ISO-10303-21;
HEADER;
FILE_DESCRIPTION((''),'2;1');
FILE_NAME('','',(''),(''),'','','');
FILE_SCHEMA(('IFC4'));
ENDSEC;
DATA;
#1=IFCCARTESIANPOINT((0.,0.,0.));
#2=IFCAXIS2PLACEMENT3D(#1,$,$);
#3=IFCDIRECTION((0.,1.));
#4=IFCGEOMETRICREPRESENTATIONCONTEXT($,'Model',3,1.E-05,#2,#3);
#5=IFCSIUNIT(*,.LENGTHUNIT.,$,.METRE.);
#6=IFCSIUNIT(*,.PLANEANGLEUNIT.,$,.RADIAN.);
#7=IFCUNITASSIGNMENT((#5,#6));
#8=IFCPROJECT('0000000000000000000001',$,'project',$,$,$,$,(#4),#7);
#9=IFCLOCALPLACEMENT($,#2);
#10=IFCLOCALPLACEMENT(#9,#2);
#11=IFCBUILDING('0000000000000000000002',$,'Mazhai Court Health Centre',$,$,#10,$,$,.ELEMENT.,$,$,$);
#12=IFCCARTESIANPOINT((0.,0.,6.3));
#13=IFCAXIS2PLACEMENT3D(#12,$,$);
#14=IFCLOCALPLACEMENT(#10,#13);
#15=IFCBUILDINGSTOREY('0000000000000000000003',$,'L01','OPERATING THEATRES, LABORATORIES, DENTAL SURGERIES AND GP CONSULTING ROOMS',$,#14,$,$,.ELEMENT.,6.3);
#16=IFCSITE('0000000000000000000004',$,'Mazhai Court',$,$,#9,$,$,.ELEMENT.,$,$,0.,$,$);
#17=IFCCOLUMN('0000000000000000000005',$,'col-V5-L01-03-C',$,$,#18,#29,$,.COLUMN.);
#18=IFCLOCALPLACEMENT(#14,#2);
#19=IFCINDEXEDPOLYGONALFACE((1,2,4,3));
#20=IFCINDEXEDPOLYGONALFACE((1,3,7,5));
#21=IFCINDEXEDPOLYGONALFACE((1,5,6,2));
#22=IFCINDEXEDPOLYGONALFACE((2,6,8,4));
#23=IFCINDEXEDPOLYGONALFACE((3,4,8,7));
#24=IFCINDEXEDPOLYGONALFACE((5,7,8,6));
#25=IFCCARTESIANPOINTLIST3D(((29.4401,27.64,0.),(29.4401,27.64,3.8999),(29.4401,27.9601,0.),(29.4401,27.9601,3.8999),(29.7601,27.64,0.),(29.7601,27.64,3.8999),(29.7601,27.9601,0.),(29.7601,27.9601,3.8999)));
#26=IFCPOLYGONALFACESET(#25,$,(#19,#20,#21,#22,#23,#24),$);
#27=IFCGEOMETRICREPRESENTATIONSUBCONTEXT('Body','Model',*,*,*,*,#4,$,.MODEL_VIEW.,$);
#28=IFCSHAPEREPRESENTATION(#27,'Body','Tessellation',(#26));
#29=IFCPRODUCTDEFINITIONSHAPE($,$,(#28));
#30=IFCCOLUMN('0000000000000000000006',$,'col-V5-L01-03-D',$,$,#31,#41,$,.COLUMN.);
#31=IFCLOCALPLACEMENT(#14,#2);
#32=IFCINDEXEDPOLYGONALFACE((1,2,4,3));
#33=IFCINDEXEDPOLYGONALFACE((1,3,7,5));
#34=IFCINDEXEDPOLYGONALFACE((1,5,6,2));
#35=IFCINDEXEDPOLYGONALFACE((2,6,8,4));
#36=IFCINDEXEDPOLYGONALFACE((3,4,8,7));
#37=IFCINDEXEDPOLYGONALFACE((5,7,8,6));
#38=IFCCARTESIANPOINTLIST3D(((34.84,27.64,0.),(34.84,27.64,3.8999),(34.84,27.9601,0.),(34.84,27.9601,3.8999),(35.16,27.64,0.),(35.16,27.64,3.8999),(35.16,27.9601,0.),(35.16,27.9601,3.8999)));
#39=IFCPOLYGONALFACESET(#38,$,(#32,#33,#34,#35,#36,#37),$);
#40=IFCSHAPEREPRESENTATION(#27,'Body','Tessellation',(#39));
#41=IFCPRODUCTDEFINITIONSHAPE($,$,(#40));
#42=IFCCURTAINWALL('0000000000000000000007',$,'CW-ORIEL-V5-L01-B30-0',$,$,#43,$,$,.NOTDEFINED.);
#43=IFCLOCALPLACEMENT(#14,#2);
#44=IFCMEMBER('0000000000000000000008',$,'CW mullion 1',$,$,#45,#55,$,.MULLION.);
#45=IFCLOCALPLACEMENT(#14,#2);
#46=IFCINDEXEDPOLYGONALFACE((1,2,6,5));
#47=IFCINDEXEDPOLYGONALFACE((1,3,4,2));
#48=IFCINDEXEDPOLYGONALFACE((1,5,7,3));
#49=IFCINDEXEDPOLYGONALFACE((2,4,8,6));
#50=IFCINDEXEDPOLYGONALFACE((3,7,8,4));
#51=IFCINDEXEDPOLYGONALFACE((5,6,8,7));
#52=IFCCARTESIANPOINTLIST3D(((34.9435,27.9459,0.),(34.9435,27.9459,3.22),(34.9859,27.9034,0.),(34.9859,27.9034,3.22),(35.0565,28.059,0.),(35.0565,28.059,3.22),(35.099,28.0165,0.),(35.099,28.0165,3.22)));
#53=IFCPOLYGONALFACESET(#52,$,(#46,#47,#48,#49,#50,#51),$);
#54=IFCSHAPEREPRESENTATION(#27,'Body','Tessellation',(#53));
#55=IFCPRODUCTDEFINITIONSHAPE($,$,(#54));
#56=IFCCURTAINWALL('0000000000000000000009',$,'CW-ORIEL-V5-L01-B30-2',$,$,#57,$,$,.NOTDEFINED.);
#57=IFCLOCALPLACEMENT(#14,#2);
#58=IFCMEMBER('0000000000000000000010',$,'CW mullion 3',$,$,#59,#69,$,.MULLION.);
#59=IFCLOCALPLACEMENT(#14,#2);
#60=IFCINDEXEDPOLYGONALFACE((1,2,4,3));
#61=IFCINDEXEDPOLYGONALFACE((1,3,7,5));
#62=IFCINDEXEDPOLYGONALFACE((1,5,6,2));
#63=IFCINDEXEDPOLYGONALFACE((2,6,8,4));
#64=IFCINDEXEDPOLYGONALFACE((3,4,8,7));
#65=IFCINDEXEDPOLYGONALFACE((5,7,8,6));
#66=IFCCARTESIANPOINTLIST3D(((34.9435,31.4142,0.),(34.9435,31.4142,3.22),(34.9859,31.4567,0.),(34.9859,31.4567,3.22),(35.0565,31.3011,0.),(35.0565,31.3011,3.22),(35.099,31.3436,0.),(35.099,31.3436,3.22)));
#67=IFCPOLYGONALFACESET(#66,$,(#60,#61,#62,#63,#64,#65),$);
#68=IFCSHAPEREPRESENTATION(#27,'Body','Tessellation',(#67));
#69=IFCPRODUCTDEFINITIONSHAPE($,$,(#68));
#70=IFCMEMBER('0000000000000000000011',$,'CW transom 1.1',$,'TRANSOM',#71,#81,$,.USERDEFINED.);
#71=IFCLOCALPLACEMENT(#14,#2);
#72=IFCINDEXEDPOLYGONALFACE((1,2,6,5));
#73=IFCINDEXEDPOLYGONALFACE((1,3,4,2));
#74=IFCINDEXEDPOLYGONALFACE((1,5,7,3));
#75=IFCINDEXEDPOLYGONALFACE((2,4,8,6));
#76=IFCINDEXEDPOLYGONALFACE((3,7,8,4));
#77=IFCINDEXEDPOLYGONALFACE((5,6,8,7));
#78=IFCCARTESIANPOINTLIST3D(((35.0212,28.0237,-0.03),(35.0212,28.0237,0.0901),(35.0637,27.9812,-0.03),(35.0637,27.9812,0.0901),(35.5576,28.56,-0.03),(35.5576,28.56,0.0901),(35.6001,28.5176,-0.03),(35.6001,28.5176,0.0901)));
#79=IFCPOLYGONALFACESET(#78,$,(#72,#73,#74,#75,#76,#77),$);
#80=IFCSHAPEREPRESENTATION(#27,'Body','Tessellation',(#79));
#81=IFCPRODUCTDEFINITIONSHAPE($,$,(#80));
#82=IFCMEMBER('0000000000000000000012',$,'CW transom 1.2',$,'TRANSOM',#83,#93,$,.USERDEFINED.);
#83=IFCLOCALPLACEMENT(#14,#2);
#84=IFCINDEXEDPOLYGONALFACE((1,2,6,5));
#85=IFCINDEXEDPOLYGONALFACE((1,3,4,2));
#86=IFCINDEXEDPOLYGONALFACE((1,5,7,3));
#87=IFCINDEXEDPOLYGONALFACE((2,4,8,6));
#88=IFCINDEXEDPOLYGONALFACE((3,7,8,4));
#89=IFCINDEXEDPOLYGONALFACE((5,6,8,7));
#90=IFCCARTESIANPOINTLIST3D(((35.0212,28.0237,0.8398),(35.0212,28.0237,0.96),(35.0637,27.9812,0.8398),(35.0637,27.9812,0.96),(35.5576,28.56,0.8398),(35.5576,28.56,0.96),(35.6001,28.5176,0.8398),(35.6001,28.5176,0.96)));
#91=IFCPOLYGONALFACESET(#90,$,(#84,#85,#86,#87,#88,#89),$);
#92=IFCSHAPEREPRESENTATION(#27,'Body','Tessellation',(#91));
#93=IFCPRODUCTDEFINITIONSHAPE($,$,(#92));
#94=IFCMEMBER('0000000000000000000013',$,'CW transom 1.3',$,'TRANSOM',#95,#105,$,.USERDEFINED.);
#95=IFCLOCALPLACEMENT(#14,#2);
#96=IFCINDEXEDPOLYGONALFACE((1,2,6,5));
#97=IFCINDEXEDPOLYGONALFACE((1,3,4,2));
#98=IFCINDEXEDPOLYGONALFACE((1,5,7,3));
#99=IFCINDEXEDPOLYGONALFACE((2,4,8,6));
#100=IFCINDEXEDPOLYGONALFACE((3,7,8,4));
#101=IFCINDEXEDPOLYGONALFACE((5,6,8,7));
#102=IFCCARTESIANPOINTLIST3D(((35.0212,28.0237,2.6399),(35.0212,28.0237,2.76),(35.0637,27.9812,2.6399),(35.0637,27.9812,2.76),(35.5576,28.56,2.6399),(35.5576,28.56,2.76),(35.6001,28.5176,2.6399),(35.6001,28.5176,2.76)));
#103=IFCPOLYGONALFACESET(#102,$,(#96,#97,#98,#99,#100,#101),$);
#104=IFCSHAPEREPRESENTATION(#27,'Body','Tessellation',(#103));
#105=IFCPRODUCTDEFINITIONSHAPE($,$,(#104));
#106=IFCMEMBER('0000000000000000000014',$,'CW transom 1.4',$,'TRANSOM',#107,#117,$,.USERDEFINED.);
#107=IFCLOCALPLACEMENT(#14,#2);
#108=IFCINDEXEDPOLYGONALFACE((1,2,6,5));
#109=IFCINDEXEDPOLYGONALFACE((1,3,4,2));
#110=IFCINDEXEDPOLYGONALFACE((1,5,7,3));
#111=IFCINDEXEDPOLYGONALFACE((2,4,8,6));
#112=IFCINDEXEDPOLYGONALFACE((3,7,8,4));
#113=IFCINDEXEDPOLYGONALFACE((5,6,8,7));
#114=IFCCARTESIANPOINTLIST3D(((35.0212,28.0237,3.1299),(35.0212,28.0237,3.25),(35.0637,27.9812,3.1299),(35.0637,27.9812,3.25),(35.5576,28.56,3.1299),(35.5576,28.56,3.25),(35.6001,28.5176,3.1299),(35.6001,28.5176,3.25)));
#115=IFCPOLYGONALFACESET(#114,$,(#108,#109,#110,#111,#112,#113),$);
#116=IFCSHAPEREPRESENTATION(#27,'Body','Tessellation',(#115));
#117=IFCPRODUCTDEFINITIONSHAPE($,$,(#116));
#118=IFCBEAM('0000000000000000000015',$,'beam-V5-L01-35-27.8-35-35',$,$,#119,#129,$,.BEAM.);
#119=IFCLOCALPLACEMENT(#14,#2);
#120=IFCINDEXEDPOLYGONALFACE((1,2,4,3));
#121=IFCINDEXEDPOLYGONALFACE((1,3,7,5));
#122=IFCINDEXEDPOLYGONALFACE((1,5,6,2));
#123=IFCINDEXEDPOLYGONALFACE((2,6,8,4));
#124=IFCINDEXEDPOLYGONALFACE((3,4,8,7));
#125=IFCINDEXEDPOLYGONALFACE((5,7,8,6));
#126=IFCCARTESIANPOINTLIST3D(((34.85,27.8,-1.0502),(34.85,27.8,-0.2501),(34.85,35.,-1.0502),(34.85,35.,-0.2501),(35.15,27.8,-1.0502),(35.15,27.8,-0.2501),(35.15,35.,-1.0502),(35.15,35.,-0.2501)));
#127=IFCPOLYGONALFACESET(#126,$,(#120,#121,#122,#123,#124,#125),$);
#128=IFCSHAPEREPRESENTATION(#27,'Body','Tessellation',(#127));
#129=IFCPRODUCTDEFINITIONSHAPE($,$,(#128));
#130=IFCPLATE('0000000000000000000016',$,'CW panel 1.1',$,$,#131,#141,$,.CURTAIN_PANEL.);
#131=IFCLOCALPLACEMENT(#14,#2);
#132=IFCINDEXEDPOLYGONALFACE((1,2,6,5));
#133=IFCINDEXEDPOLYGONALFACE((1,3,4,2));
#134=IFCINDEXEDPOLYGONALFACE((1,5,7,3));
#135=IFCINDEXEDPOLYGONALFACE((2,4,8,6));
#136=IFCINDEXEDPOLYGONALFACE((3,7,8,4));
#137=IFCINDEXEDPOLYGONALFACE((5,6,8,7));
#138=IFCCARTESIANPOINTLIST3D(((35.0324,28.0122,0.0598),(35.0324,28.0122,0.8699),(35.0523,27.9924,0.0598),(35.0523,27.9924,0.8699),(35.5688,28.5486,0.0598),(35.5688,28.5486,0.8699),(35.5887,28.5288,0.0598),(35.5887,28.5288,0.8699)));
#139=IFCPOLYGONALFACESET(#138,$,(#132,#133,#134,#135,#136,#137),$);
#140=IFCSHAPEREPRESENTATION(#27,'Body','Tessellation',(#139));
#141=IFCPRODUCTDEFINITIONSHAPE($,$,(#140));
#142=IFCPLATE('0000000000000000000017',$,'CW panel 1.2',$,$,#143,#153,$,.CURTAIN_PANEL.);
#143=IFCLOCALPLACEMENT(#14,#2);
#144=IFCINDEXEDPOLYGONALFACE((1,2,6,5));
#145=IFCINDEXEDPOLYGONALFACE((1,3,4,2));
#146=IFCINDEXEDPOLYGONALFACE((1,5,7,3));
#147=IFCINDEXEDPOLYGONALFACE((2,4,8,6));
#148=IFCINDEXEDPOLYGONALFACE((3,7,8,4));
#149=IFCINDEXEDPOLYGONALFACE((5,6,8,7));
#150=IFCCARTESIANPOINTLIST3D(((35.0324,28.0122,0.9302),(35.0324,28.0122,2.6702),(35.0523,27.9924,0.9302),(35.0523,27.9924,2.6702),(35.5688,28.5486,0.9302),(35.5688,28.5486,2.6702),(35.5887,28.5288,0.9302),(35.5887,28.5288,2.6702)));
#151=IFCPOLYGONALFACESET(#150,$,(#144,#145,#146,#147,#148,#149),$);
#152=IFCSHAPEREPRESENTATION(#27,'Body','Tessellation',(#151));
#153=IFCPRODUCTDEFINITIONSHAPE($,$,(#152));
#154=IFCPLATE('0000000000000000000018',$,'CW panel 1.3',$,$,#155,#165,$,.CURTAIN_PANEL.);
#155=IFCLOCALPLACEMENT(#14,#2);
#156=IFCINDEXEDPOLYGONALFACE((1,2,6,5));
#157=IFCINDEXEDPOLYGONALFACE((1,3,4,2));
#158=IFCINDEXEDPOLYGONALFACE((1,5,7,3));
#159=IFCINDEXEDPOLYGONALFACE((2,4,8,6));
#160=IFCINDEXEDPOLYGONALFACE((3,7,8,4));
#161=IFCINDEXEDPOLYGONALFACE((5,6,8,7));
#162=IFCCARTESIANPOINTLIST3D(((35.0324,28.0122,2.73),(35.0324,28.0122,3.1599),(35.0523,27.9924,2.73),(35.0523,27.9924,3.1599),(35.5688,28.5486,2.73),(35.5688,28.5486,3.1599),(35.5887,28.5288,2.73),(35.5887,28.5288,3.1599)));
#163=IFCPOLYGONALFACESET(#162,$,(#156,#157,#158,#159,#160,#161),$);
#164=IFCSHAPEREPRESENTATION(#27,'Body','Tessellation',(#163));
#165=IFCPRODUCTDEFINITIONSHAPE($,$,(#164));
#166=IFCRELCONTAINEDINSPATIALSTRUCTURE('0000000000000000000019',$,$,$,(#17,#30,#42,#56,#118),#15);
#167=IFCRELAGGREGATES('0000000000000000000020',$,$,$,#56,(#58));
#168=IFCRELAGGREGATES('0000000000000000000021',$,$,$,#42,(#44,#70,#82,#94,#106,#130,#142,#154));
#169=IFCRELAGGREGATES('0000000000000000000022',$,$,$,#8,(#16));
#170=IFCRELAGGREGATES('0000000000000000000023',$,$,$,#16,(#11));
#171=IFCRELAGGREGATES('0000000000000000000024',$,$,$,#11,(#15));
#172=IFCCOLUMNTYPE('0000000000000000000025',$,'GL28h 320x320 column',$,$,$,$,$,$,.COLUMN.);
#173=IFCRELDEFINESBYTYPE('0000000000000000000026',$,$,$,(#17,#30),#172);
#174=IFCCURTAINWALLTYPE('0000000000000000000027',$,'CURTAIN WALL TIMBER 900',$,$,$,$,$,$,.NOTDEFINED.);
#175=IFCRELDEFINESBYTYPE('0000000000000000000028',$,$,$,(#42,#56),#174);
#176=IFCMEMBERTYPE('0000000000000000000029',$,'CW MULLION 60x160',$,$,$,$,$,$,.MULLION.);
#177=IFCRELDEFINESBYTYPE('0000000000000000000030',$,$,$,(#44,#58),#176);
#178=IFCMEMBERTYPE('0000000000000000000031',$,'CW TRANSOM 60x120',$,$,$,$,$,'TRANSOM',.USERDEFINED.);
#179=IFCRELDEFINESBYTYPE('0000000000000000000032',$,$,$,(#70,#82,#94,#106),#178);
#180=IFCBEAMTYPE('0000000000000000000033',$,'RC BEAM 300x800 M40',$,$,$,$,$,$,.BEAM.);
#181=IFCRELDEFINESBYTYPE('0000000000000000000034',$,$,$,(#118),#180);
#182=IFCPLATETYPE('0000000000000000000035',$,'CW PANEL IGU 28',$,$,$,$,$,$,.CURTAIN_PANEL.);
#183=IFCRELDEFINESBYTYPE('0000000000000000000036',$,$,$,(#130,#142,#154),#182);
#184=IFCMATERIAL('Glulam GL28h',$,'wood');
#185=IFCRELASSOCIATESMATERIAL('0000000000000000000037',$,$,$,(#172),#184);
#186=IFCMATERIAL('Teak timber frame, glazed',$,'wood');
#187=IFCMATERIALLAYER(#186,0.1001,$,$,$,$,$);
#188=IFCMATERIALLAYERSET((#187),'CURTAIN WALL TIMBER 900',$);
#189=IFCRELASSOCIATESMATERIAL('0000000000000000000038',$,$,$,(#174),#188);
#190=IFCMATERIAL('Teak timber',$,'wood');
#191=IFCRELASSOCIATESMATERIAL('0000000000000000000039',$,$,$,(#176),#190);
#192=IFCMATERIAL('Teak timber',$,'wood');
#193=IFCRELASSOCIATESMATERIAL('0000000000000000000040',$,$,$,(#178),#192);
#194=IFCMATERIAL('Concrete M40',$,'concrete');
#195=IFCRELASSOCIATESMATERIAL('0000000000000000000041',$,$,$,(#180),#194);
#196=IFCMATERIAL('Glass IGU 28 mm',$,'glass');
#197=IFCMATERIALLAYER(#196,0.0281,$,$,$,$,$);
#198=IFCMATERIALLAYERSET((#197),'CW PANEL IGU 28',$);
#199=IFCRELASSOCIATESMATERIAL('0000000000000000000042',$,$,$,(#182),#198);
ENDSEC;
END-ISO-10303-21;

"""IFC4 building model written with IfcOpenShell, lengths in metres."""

from ifc_helpers import new_model, si_unit, direction, frame, origin, origin_2d, place, context, subcontext, project, spatial, rectangle, extrude, material, layer, layer_set, material_profile, profile_set, type_object, element, aggregate, save


model = new_model("IFC4")

# Units and contexts
model_context = context("Model", 3, precision=1e-05, world=origin(), true_north=direction((0.0, 1.0)))
body_context = subcontext(model_context, "Body", "Model", "MODEL_VIEW")
ifc_project = project(units=[si_unit("LENGTHUNIT", "METRE"), si_unit("PLANEANGLEUNIT", "RADIAN")], contexts=[model_context])

# Site, building, storey
site_placement = place(None, origin())
site = spatial("IfcSite", under=ifc_project, at=site_placement, Name="Mazhai Court", CompositionType="ELEMENT", RefElevation=0.0)
building_placement = place(site_placement, origin())
building = spatial("IfcBuilding", under=site, at=building_placement, Name="Mazhai Court Health Centre", CompositionType="ELEMENT")
storey_placement = place(building_placement, frame((0.0, 0.0, 6.3)))
storey = spatial("IfcBuildingStorey", under=building, at=storey_placement, Name="L01", Description="OPERATING THEATRES, LABORATORIES, DENTAL SURGERIES AND GP CONSULTING ROOMS", CompositionType="ELEMENT", Elevation=6.3)

# Columns
ifc_material_1 = material(Name="Glulam GL28h", Category="wood")
ifc_material_profile_1 = material_profile(ifc_material_1, rectangle(XDim=0.3201, YDim=0.3201, at=origin_2d()), Name="GL28h 320x320")
ifc_profile_set_1 = profile_set([ifc_material_profile_1], Name="Glulam GL28h")
column_type = type_object("IfcColumnType", Name="GL28h 320x320 column", PredefinedType="COLUMN", material=ifc_profile_set_1)
for number, where, z_axis, x_axis, name in (
    (1, (29.6001, 27.8, 0.0), (0.0, 0.0, 1.0), (1.0, 0.0, 0.0), "col-V5-L01-03-C"),
    (2, (35.0, 27.8, 0.0), (0.0, 0.0, 1.0), (1.0, 0.0, 0.0), "col-V5-L01-03-D"),
):
    element("IfcColumn", number, at=place(storey_placement, frame(where, z_axis=z_axis, x_axis=x_axis)), inside=storey, type_object=column_type, Name=name, PredefinedType="COLUMN", context=body_context, shape_type="SweptSolid", body=[
        extrude(rectangle(XDim=0.3201, YDim=0.3201, at=origin_2d()), origin(), (0.0, 0.0, 1.0), 3.8999),
    ])

# Curtain walls, members
ifc_material_2 = material(Name="Teak timber frame, glazed", Category="wood")
ifc_layer_1 = layer(ifc_material_2, 0.1001)
ifc_layer_set_1 = layer_set([ifc_layer_1], Name="CURTAIN WALL TIMBER 900")
curtain_wall_type = type_object("IfcCurtainWallType", Name="CURTAIN WALL TIMBER 900", PredefinedType="NOTDEFINED", material=ifc_layer_set_1)
curtain_wall_1_placement = place(storey_placement, origin())
curtain_wall_1 = element("IfcCurtainWall", 3, at=curtain_wall_1_placement, inside=storey, type_object=curtain_wall_type, Name="CW-ORIEL-V5-L01-B30-0", PredefinedType="NOTDEFINED")
ifc_material_3 = material(Name="Teak timber", Category="wood")
ifc_material_profile_2 = material_profile(ifc_material_3, rectangle(XDim=0.0601, YDim=0.1599, at=origin_2d()), Name="CW MULLION 60x160")
ifc_profile_set_2 = profile_set([ifc_material_profile_2], Name="Teak timber")
member_type_1 = type_object("IfcMemberType", Name="CW MULLION 60x160", PredefinedType="MULLION", material=ifc_profile_set_2)
member_1_placement = place(storey_placement, frame((35.0212, 27.9812, 0.0), z_axis=(0.0, 0.0, 1.0), x_axis=(-0.707107, 0.707107, 0.0)))
member_1 = element("IfcMember", 4, at=member_1_placement, type_object=member_type_1, Name="CW mullion 1", PredefinedType="MULLION", context=body_context, shape_type="SweptSolid", body=[
    extrude(rectangle(XDim=0.0601, YDim=0.1599, at=origin_2d()), origin(), (0.0, 0.0, 1.0), 3.22),
])
curtain_wall_2_placement = place(storey_placement, origin())
curtain_wall_2 = element("IfcCurtainWall", 5, at=curtain_wall_2_placement, inside=storey, type_object=curtain_wall_type, Name="CW-ORIEL-V5-L01-B30-2", PredefinedType="NOTDEFINED")
member_2_placement = place(storey_placement, frame((35.0212, 31.3789, 0.0), z_axis=(0.0, 0.0, 1.0), x_axis=(-0.707107, -0.707107, 0.0)))
member_2 = element("IfcMember", 6, at=member_2_placement, type_object=member_type_1, Name="CW mullion 3", PredefinedType="MULLION", context=body_context, shape_type="SweptSolid", body=[
    extrude(rectangle(XDim=0.0601, YDim=0.1599, at=origin_2d()), origin(), (0.0, 0.0, 1.0), 3.22),
])
aggregate(curtain_wall_2, [member_2])

# Members
ifc_material_4 = material(Name="Teak timber", Category="wood")
ifc_material_profile_3 = material_profile(ifc_material_4, rectangle(XDim=0.0601, YDim=0.1201, at=origin_2d()), Name="CW TRANSOM 60x120")
ifc_profile_set_3 = profile_set([ifc_material_profile_3], Name="Teak timber")
member_type_2 = type_object("IfcMemberType", Name="CW TRANSOM 60x120", ElementType="TRANSOM", PredefinedType="USERDEFINED", material=ifc_profile_set_3)
member_3_placement = place(storey_placement, frame((35.0425, 28.0024, 0.03), z_axis=(0.707107, 0.707107, 0.0), x_axis=(-0.707107, 0.707107, 0.0)))
member_3 = element("IfcMember", 7, at=member_3_placement, type_object=member_type_2, Name="CW transom 1.1", ObjectType="TRANSOM", PredefinedType="USERDEFINED", context=body_context, shape_type="SweptSolid", body=[
    extrude(rectangle(XDim=0.0601, YDim=0.1201, at=origin_2d()), origin(), (0.0, 0.0, 1.0), 0.7585),
])
member_4_placement = place(storey_placement, frame((35.0425, 28.0024, 0.8999), z_axis=(0.707107, 0.707107, 0.0), x_axis=(-0.707107, 0.707107, 0.0)))
member_4 = element("IfcMember", 8, at=member_4_placement, type_object=member_type_2, Name="CW transom 1.2", ObjectType="TRANSOM", PredefinedType="USERDEFINED", context=body_context, shape_type="SweptSolid", body=[
    extrude(rectangle(XDim=0.0601, YDim=0.1201, at=origin_2d()), origin(), (0.0, 0.0, 1.0), 0.7585),
])
member_5_placement = place(storey_placement, frame((35.0425, 28.0024, 2.7), z_axis=(0.707107, 0.707107, 0.0), x_axis=(-0.707107, 0.707107, 0.0)))
member_5 = element("IfcMember", 9, at=member_5_placement, type_object=member_type_2, Name="CW transom 1.3", ObjectType="TRANSOM", PredefinedType="USERDEFINED", context=body_context, shape_type="SweptSolid", body=[
    extrude(rectangle(XDim=0.0601, YDim=0.1201, at=origin_2d()), origin(), (0.0, 0.0, 1.0), 0.7585),
])
member_6_placement = place(storey_placement, frame((35.0425, 28.0024, 3.1899), z_axis=(0.707107, 0.707107, 0.0), x_axis=(-0.707107, 0.707107, 0.0)))
member_6 = element("IfcMember", 10, at=member_6_placement, type_object=member_type_2, Name="CW transom 1.4", ObjectType="TRANSOM", PredefinedType="USERDEFINED", context=body_context, shape_type="SweptSolid", body=[
    extrude(rectangle(XDim=0.0601, YDim=0.1201, at=origin_2d()), origin(), (0.0, 0.0, 1.0), 0.7585),
])

# Beam
ifc_material_5 = material(Name="Concrete M40", Category="concrete")
ifc_material_profile_4 = material_profile(ifc_material_5, rectangle(XDim=0.3, YDim=0.8, at=origin_2d()), Name="RC 300x800")
ifc_profile_set_4 = profile_set([ifc_material_profile_4], Name="Concrete M40")
beam_type = type_object("IfcBeamType", Name="RC BEAM 300x800 M40", PredefinedType="BEAM", material=ifc_profile_set_4)
beam_placement = place(storey_placement, frame((35.0, 27.8, -0.6501), z_axis=(0.0, 1.0, 0.0), x_axis=(-1.0, 0.0, 0.0)))
element("IfcBeam", 11, at=beam_placement, inside=storey, type_object=beam_type, Name="beam-V5-L01-35-27.8-35-35", PredefinedType="BEAM", context=body_context, shape_type="SweptSolid", body=[
    extrude(rectangle(XDim=0.3, YDim=0.8, at=origin_2d()), origin(), (0.0, 0.0, 1.0), 7.2),
])

# Plates
ifc_material_6 = material(Name="Glass IGU 28 mm", Category="glass")
ifc_layer_2 = layer(ifc_material_6, 0.0281)
ifc_layer_set_2 = layer_set([ifc_layer_2], Name="CW PANEL IGU 28")
plate_type = type_object("IfcPlateType", Name="CW PANEL IGU 28", PredefinedType="CURTAIN_PANEL", material=ifc_layer_set_2)
plate_1_placement = place(storey_placement, frame((35.3105, 28.2705, 0.0598), z_axis=(0.0, 0.0, 1.0), x_axis=(0.707107, 0.707107, 0.0)))
plate_1 = element("IfcPlate", 12, at=plate_1_placement, type_object=plate_type, Name="CW panel 1.1", PredefinedType="CURTAIN_PANEL", context=body_context, shape_type="SweptSolid", body=[
    extrude(rectangle(XDim=0.7585, YDim=0.0281, at=origin_2d()), origin(), (0.0, 0.0, 1.0), 0.8101),
])
plate_2_placement = place(storey_placement, frame((35.3105, 28.2705, 0.9302), z_axis=(0.0, 0.0, 1.0), x_axis=(0.707107, 0.707107, 0.0)))
plate_2 = element("IfcPlate", 13, at=plate_2_placement, type_object=plate_type, Name="CW panel 1.2", PredefinedType="CURTAIN_PANEL", context=body_context, shape_type="SweptSolid", body=[
    extrude(rectangle(XDim=0.7585, YDim=0.0281, at=origin_2d()), origin(), (0.0, 0.0, 1.0), 1.74),
])
plate_3_placement = place(storey_placement, frame((35.3105, 28.2705, 2.73), z_axis=(0.0, 0.0, 1.0), x_axis=(0.707107, 0.707107, 0.0)))
plate_3 = element("IfcPlate", 14, at=plate_3_placement, type_object=plate_type, Name="CW panel 1.3", PredefinedType="CURTAIN_PANEL", context=body_context, shape_type="SweptSolid", body=[
    extrude(rectangle(XDim=0.7585, YDim=0.0281, at=origin_2d()), origin(), (0.0, 0.0, 1.0), 0.4299),
])
aggregate(curtain_wall_1, [member_1, member_3, member_4, member_5, member_6, plate_1, plate_2, plate_3])

save(model, "model.ifc")
